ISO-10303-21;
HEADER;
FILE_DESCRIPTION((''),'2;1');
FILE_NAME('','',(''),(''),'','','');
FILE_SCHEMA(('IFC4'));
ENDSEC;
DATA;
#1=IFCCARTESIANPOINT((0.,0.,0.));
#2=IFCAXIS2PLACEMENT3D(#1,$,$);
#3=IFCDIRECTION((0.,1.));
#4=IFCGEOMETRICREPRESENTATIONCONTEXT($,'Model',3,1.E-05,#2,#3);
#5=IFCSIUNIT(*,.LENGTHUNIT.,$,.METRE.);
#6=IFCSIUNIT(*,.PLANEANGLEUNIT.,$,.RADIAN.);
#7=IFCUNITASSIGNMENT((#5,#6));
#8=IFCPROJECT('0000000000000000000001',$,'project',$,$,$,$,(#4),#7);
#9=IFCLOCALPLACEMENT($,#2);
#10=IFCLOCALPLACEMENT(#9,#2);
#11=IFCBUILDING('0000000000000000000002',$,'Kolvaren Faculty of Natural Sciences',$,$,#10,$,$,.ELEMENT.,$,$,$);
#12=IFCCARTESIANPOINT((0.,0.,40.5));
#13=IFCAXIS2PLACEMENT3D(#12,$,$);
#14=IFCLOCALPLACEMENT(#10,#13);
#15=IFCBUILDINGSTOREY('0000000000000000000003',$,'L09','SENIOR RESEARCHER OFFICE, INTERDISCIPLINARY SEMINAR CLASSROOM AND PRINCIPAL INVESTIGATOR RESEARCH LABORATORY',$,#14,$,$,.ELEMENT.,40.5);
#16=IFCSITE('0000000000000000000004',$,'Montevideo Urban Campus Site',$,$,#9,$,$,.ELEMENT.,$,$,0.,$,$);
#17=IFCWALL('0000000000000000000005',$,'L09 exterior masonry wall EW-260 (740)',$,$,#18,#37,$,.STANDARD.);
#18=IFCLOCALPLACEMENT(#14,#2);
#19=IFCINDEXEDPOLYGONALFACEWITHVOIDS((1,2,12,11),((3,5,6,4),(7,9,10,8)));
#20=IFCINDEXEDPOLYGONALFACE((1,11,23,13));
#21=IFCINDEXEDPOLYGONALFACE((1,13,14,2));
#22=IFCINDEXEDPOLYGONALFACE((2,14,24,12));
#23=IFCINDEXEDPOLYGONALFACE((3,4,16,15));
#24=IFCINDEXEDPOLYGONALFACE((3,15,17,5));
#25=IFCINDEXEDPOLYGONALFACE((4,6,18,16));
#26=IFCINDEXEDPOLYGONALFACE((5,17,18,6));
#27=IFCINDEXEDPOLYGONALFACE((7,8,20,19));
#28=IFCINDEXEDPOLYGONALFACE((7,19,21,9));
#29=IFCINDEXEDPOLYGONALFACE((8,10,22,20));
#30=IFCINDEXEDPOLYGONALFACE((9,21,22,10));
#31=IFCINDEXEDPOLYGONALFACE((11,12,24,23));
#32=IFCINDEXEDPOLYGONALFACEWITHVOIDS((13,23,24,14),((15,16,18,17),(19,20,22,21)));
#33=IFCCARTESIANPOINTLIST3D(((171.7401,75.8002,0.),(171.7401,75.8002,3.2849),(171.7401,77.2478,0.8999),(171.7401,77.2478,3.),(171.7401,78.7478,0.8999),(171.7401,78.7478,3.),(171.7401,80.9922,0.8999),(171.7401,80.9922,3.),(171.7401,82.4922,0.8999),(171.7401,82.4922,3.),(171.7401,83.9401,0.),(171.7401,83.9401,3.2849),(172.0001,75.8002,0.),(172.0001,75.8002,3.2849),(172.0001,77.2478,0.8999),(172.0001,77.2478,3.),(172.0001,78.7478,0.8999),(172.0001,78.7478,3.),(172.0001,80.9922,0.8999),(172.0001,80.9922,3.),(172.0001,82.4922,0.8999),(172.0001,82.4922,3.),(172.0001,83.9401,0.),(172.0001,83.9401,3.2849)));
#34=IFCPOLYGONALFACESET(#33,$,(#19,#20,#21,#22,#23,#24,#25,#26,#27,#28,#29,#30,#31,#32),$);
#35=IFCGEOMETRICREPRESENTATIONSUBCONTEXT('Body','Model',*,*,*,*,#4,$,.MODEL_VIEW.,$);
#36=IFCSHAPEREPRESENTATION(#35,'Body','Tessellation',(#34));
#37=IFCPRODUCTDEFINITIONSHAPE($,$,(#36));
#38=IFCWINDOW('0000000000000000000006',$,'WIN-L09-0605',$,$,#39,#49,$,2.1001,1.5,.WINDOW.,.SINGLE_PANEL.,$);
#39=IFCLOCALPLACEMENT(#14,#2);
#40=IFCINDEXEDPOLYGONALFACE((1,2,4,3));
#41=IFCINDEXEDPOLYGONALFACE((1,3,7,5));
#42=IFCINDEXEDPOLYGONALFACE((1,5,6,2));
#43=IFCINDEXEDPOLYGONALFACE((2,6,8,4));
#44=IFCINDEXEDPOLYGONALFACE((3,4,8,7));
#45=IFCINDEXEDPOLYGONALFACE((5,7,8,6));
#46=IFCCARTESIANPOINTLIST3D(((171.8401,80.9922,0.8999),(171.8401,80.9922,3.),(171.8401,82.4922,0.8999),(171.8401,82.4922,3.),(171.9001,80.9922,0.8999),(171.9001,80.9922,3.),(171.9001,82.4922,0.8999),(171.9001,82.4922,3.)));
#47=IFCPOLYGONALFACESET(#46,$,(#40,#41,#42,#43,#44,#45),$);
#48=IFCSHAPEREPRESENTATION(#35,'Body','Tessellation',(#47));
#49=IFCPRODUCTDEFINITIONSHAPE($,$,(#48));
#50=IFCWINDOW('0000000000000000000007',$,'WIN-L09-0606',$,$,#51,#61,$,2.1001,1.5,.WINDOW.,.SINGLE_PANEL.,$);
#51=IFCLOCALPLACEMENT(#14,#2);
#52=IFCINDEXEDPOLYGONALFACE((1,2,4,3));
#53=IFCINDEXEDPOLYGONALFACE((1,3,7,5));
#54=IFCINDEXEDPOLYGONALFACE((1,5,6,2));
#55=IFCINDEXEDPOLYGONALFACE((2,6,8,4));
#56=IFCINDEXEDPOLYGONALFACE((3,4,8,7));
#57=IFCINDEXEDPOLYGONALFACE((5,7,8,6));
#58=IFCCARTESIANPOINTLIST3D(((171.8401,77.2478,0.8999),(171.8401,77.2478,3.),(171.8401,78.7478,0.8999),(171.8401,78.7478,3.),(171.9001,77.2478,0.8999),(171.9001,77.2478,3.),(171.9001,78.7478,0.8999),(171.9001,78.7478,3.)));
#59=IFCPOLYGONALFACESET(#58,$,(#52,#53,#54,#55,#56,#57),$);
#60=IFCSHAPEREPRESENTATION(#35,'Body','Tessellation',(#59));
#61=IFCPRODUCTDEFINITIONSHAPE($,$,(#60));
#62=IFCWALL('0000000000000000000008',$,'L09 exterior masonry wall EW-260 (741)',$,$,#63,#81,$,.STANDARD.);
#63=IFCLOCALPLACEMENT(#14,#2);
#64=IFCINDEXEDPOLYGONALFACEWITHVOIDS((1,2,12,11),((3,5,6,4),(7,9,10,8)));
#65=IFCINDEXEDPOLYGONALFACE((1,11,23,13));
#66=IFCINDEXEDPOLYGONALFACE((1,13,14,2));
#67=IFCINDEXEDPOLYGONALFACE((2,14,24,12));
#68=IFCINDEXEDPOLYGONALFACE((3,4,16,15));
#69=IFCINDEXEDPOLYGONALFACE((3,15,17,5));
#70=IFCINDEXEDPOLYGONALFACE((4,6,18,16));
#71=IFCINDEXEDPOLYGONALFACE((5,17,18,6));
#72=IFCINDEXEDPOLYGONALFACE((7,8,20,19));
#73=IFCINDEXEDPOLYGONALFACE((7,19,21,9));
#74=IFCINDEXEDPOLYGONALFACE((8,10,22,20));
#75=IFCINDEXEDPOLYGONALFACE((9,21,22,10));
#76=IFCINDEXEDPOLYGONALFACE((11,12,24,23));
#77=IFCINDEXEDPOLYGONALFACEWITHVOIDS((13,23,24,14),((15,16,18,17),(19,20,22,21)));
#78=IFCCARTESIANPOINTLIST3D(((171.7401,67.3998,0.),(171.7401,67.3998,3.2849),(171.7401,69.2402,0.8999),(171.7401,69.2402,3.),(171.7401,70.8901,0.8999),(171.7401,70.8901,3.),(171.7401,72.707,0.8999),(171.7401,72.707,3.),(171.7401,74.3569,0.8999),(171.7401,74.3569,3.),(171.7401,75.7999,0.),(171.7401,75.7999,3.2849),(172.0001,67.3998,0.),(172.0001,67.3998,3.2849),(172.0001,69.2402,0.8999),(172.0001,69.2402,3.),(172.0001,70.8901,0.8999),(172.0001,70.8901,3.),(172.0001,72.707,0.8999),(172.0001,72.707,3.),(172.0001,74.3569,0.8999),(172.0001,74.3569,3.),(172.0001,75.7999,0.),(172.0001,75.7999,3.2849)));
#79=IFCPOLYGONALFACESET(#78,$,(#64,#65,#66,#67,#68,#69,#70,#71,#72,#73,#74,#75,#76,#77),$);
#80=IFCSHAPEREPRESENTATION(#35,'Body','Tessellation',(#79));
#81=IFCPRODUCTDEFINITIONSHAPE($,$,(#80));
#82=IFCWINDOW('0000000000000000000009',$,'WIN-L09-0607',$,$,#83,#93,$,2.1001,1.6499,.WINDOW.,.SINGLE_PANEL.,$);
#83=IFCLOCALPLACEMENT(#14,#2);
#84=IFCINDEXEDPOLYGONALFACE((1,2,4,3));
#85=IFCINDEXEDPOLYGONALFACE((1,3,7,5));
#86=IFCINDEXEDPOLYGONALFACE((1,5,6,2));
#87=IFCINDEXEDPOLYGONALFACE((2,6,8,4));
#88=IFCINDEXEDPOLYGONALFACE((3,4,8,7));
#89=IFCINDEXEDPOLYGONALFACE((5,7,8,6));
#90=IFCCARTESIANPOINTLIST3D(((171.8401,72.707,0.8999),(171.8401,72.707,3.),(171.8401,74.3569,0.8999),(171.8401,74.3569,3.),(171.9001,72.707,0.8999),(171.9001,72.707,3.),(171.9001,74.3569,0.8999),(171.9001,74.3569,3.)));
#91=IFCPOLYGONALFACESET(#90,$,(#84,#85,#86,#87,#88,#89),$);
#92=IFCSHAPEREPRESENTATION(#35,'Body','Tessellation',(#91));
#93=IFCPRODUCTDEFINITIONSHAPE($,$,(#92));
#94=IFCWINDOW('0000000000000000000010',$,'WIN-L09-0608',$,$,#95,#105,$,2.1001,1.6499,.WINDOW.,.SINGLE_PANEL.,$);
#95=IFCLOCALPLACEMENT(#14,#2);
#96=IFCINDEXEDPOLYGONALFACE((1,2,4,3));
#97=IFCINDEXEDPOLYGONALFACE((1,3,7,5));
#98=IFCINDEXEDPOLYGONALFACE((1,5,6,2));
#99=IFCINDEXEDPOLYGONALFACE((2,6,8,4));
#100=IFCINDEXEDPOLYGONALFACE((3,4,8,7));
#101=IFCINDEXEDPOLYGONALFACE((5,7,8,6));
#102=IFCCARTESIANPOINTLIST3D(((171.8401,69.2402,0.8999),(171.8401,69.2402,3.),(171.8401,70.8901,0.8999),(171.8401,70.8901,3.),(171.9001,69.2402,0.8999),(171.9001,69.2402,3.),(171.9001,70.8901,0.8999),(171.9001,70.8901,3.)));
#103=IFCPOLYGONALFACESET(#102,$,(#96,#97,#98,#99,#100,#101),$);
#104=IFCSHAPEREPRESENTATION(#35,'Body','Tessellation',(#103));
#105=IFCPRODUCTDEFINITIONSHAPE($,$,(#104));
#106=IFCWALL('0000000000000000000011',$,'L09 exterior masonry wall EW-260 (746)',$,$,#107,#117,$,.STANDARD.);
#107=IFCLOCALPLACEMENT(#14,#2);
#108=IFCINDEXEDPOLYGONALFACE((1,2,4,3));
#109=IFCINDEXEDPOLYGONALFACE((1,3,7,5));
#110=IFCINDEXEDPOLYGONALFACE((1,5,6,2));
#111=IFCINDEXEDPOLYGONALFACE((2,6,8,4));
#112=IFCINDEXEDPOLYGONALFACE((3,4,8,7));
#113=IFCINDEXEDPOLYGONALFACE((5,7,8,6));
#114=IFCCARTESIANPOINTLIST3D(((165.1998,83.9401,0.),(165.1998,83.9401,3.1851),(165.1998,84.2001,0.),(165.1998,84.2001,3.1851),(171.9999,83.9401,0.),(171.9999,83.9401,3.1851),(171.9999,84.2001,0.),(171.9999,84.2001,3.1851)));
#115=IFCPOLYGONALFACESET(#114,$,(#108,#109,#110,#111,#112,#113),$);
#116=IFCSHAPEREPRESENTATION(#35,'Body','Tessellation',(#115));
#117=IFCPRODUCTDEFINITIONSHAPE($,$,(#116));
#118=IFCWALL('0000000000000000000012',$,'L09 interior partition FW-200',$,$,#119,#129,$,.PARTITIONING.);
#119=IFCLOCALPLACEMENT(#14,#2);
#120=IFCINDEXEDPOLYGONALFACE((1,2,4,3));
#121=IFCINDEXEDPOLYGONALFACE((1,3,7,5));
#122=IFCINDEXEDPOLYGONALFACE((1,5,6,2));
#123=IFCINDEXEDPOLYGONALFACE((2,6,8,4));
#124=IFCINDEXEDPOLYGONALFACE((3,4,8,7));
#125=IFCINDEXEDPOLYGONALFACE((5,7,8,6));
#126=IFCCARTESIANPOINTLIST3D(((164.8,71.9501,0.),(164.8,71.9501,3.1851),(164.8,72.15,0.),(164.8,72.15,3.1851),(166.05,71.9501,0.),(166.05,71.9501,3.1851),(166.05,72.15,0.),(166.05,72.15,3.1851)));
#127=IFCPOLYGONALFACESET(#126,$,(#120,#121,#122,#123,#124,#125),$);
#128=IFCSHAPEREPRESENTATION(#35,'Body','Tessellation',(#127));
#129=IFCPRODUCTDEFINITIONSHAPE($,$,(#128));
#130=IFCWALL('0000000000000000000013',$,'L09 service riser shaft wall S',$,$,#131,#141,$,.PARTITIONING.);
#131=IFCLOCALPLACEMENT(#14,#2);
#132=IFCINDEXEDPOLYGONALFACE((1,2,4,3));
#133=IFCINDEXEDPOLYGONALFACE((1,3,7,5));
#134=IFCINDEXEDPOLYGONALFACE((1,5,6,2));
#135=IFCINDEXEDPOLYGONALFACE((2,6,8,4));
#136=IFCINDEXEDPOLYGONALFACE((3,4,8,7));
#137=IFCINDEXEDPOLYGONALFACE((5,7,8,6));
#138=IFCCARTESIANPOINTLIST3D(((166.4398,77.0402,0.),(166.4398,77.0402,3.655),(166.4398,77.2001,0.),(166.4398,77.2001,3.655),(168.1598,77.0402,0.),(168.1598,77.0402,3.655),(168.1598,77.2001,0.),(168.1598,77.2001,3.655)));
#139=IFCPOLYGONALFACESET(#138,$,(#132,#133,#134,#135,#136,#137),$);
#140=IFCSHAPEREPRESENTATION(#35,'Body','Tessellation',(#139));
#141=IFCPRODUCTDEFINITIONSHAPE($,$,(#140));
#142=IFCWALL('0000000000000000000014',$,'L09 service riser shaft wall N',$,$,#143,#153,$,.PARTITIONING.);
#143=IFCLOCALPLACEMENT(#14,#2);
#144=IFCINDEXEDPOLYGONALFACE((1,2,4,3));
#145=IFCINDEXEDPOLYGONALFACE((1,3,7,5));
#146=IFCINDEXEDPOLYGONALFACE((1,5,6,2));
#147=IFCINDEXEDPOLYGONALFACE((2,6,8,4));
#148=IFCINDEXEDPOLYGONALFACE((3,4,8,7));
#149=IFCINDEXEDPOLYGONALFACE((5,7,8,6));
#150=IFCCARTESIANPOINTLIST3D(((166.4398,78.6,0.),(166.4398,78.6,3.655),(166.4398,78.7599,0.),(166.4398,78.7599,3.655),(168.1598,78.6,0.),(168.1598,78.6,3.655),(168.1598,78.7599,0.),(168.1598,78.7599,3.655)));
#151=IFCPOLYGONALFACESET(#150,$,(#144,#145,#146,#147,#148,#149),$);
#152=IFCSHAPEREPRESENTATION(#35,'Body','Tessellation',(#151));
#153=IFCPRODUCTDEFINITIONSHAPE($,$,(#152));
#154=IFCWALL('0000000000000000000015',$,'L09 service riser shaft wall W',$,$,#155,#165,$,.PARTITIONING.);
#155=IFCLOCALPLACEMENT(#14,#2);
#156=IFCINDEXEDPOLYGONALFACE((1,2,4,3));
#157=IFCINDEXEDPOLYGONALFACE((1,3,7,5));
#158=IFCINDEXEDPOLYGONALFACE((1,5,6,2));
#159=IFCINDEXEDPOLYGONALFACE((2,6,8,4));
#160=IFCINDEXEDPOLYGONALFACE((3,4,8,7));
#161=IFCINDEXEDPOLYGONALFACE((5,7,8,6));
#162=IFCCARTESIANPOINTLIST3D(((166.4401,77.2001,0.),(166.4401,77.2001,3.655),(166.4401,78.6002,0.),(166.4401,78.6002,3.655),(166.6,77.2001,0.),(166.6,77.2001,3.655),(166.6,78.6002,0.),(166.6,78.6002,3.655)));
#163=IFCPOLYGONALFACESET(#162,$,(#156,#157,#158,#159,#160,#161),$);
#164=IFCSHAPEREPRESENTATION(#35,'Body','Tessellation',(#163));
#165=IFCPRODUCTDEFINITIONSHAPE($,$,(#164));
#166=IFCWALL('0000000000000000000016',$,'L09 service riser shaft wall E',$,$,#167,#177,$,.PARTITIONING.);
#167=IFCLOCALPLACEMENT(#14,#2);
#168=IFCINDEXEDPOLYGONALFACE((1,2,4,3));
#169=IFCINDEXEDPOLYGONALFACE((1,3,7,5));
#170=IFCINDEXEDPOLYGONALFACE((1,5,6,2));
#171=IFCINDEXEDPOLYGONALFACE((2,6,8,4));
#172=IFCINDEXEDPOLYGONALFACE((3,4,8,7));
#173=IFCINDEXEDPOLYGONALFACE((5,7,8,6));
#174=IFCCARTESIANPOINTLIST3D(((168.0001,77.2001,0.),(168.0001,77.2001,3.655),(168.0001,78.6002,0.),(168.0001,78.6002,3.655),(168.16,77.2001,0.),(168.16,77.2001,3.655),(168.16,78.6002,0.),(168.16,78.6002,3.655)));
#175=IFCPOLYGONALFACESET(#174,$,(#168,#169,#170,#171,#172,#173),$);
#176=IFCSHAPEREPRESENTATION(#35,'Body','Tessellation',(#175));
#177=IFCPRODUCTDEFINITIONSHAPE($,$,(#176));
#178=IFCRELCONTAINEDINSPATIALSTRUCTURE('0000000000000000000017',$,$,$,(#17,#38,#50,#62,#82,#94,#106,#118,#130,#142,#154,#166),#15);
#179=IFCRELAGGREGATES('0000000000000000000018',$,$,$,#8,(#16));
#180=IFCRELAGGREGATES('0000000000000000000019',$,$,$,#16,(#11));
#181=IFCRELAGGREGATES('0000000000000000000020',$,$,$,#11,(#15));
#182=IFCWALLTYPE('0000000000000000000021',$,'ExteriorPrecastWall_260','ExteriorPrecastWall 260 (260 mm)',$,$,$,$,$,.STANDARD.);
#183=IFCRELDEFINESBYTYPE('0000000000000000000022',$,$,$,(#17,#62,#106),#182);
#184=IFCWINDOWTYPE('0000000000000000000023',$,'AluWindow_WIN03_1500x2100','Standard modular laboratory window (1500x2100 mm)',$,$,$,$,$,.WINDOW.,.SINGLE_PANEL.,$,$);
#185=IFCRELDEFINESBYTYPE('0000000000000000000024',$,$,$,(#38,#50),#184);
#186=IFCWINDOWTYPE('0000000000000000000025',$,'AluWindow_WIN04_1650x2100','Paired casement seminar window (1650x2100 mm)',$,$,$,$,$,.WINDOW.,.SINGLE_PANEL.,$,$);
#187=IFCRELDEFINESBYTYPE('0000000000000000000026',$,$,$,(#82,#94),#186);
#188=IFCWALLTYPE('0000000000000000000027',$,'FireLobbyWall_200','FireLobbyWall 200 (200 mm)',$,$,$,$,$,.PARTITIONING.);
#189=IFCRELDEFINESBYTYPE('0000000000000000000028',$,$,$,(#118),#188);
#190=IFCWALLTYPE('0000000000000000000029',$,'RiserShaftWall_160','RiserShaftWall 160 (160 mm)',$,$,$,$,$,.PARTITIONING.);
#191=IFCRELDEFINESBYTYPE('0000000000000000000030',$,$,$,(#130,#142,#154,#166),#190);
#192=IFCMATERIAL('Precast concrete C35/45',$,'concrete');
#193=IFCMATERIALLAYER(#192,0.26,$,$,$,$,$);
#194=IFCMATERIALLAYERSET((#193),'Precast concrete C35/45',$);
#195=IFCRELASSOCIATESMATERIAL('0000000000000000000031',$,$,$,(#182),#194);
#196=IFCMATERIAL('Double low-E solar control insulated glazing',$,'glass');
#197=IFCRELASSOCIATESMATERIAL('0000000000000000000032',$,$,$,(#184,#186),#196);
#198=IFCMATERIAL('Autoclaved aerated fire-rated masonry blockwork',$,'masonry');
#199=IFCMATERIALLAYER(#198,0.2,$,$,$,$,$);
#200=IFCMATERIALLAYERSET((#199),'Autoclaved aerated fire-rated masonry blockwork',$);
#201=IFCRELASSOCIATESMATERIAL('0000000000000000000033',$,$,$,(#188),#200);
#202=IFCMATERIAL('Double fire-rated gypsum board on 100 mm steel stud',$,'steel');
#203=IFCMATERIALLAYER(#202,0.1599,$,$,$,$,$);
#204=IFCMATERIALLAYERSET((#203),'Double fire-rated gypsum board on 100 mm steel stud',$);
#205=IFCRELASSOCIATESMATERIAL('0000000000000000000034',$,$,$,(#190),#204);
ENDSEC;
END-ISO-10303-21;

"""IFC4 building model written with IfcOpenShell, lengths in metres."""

from ifc_helpers import new_model, si_unit, direction, frame, frame_2d, origin, place, context, subcontext, project, spatial, rectangle, extrude, material, layer, layer_set, type_object, element, fill, save


model = new_model("IFC4")

# Units and contexts
model_context = context("Model", 3, precision=1e-05, world=origin(), true_north=direction((0.0, 1.0)))
body_context = subcontext(model_context, "Body", "Model", "MODEL_VIEW")
ifc_project = project(units=[si_unit("LENGTHUNIT", "METRE"), si_unit("PLANEANGLEUNIT", "RADIAN")], contexts=[model_context])

# Site, building, storey
site_placement = place(None, origin())
site = spatial("IfcSite", under=ifc_project, at=site_placement, Name="Montevideo Urban Campus Site", CompositionType="ELEMENT", RefElevation=0.0)
building_placement = place(site_placement, origin())
building = spatial("IfcBuilding", under=site, at=building_placement, Name="Kolvaren Faculty of Natural Sciences", CompositionType="ELEMENT")
storey_placement = place(building_placement, frame((0.0, 0.0, 40.5)))
storey = spatial("IfcBuildingStorey", under=building, at=storey_placement, Name="L09", Description="SENIOR RESEARCHER OFFICE, INTERDISCIPLINARY SEMINAR CLASSROOM AND PRINCIPAL INVESTIGATOR RESEARCH LABORATORY", CompositionType="ELEMENT", Elevation=40.5)

# Walls, openings, windows
ifc_material_1 = material(Name="Precast concrete C35/45", Category="concrete")
ifc_layer_1 = layer(ifc_material_1, 0.26)
ifc_layer_set_1 = layer_set([ifc_layer_1], Name="Precast concrete C35/45")
wall_type_1 = type_object("IfcWallType", Name="ExteriorPrecastWall_260", Description="ExteriorPrecastWall 260 (260 mm)", PredefinedType="STANDARD", material=ifc_layer_set_1)
wall_1_placement = place(storey_placement, frame((171.8701, 83.9399, 0.0), z_axis=(0.0, 0.0, 1.0), x_axis=(0.0, -1.0, 0.0)))
wall_1 = element("IfcWall", 1, at=wall_1_placement, inside=storey, type_object=wall_type_1, Name="L09 exterior masonry wall EW-260 (740)", PredefinedType="STANDARD", context=body_context, shape_type="SweptSolid", body=[
    extrude(rectangle(XDim=8.1399, YDim=0.26, at=frame_2d((4.0698, 0.0))), origin(), (0.0, 0.0, 1.0), 3.2849),
])
opening_1_placement = place(wall_1_placement, frame((1.4478, 0.0, 0.8999)))
opening_1 = element("IfcOpeningElement", 2, at=opening_1_placement, cuts=wall_1, PredefinedType="OPENING", context=body_context, shape_type="SweptSolid", body=[
    extrude(rectangle(XDim=1.5, YDim=2.1001, at=frame_2d((0.75, 1.05))), frame((0.0, 0.1399, 0.0), z_axis=(0.0, -1.0, 0.0), x_axis=(1.0, 0.0, 0.0)), (0.0, 0.0, 1.0), 0.28),
])
opening_2_placement = place(wall_1_placement, frame((5.1921, 0.0, 0.8999)))
opening_2 = element("IfcOpeningElement", 3, at=opening_2_placement, cuts=wall_1, PredefinedType="OPENING", context=body_context, shape_type="SweptSolid", body=[
    extrude(rectangle(XDim=1.5, YDim=2.1001, at=frame_2d((0.75, 1.05))), frame((0.0, 0.1399, 0.0), z_axis=(0.0, -1.0, 0.0), x_axis=(1.0, 0.0, 0.0)), (0.0, 0.0, 1.0), 0.28),
])
ifc_material_2 = material(Name="Double low-E solar control insulated glazing", Category="glass")
window_type_1 = type_object("IfcWindowType", Name="AluWindow_WIN03_1500x2100", Description="Standard modular laboratory window (1500x2100 mm)", PartitioningType="SINGLE_PANEL", PredefinedType="WINDOW", material=ifc_material_2)
window_1_placement = place(opening_1_placement, origin())
window_1 = element("IfcWindow", 4, at=window_1_placement, inside=storey, type_object=window_type_1, Name="WIN-L09-0605", OverallHeight=2.1001, OverallWidth=1.5, PartitioningType="SINGLE_PANEL", PredefinedType="WINDOW", context=body_context, shape_type="SweptSolid", body=[
    extrude(rectangle(XDim=1.5, YDim=2.1001, at=frame_2d((0.75, 1.05))), frame((0.0, 0.03, 0.0), z_axis=(0.0, -1.0, 0.0), x_axis=(1.0, 0.0, 0.0)), (0.0, 0.0, 1.0), 0.0601),
])
fill(opening_1, window_1)
window_2_placement = place(opening_2_placement, origin())
window_2 = element("IfcWindow", 5, at=window_2_placement, inside=storey, type_object=window_type_1, Name="WIN-L09-0606", OverallHeight=2.1001, OverallWidth=1.5, PartitioningType="SINGLE_PANEL", PredefinedType="WINDOW", context=body_context, shape_type="SweptSolid", body=[
    extrude(rectangle(XDim=1.5, YDim=2.1001, at=frame_2d((0.75, 1.05))), frame((0.0, 0.03, 0.0), z_axis=(0.0, -1.0, 0.0), x_axis=(1.0, 0.0, 0.0)), (0.0, 0.0, 1.0), 0.0601),
])
fill(opening_2, window_2)
wall_2_placement = place(storey_placement, frame((171.8701, 75.8, 0.0), z_axis=(0.0, 0.0, 1.0), x_axis=(0.0, -1.0, 0.0)))
wall_2 = element("IfcWall", 6, at=wall_2_placement, inside=storey, type_object=wall_type_1, Name="L09 exterior masonry wall EW-260 (741)", PredefinedType="STANDARD", context=body_context, shape_type="SweptSolid", body=[
    extrude(rectangle(XDim=8.4001, YDim=0.26, at=frame_2d((4.2002, 0.0))), origin(), (0.0, 0.0, 1.0), 3.2849),
])
opening_3_placement = place(wall_2_placement, frame((1.4431, 0.0, 0.8999)))
opening_3 = element("IfcOpeningElement", 7, at=opening_3_placement, cuts=wall_2, PredefinedType="OPENING", context=body_context, shape_type="SweptSolid", body=[
    extrude(rectangle(XDim=1.6499, YDim=2.1001, at=frame_2d((0.825, 1.05))), frame((0.0, 0.1399, 0.0), z_axis=(0.0, -1.0, 0.0), x_axis=(1.0, 0.0, 0.0)), (0.0, 0.0, 1.0), 0.28),
])
opening_4_placement = place(wall_2_placement, frame((4.9099, 0.0, 0.8999)))
opening_4 = element("IfcOpeningElement", 8, at=opening_4_placement, cuts=wall_2, PredefinedType="OPENING", context=body_context, shape_type="SweptSolid", body=[
    extrude(rectangle(XDim=1.6499, YDim=2.1001, at=frame_2d((0.825, 1.05))), frame((0.0, 0.1399, 0.0), z_axis=(0.0, -1.0, 0.0), x_axis=(1.0, 0.0, 0.0)), (0.0, 0.0, 1.0), 0.28),
])
window_type_2 = type_object("IfcWindowType", Name="AluWindow_WIN04_1650x2100", Description="Paired casement seminar window (1650x2100 mm)", PartitioningType="SINGLE_PANEL", PredefinedType="WINDOW", material=ifc_material_2)
window_3_placement = place(opening_3_placement, origin())
window_3 = element("IfcWindow", 9, at=window_3_placement, inside=storey, type_object=window_type_2, Name="WIN-L09-0607", OverallHeight=2.1001, OverallWidth=1.6499, PartitioningType="SINGLE_PANEL", PredefinedType="WINDOW", context=body_context, shape_type="SweptSolid", body=[
    extrude(rectangle(XDim=1.6499, YDim=2.1001, at=frame_2d((0.825, 1.05))), frame((0.0, 0.03, 0.0), z_axis=(0.0, -1.0, 0.0), x_axis=(1.0, 0.0, 0.0)), (0.0, 0.0, 1.0), 0.0601),
])
fill(opening_3, window_3)
window_4_placement = place(opening_4_placement, origin())
window_4 = element("IfcWindow", 10, at=window_4_placement, inside=storey, type_object=window_type_2, Name="WIN-L09-0608", OverallHeight=2.1001, OverallWidth=1.6499, PartitioningType="SINGLE_PANEL", PredefinedType="WINDOW", context=body_context, shape_type="SweptSolid", body=[
    extrude(rectangle(XDim=1.6499, YDim=2.1001, at=frame_2d((0.825, 1.05))), frame((0.0, 0.03, 0.0), z_axis=(0.0, -1.0, 0.0), x_axis=(1.0, 0.0, 0.0)), (0.0, 0.0, 1.0), 0.0601),
])
fill(opening_4, window_4)

# Walls
wall_3_placement = place(storey_placement, frame((165.2, 84.0701, 0.0), z_axis=(0.0, 0.0, 1.0), x_axis=(1.0, 0.0, 0.0)))
element("IfcWall", 11, at=wall_3_placement, inside=storey, type_object=wall_type_1, Name="L09 exterior masonry wall EW-260 (746)", PredefinedType="STANDARD", context=body_context, shape_type="SweptSolid", body=[
    extrude(rectangle(XDim=6.8, YDim=0.26, at=frame_2d((3.3999, 0.0))), origin(), (0.0, 0.0, 1.0), 3.1851),
])
ifc_material_3 = material(Name="Autoclaved aerated fire-rated masonry blockwork", Category="masonry")
ifc_layer_2 = layer(ifc_material_3, 0.2)
ifc_layer_set_2 = layer_set([ifc_layer_2], Name="Autoclaved aerated fire-rated masonry blockwork")
wall_type_2 = type_object("IfcWallType", Name="FireLobbyWall_200", Description="FireLobbyWall 200 (200 mm)", PredefinedType="PARTITIONING", material=ifc_layer_set_2)
wall_4_placement = place(storey_placement, frame((164.8, 72.05, 0.0), z_axis=(0.0, 0.0, 1.0), x_axis=(1.0, 0.0, 0.0)))
element("IfcWall", 12, at=wall_4_placement, inside=storey, type_object=wall_type_2, Name="L09 interior partition FW-200", PredefinedType="PARTITIONING", context=body_context, shape_type="SweptSolid", body=[
    extrude(rectangle(XDim=1.25, YDim=0.2, at=frame_2d((0.625, 0.0))), origin(), (0.0, 0.0, 1.0), 3.1851),
])
ifc_material_4 = material(Name="Double fire-rated gypsum board on 100 mm steel stud", Category="steel")
ifc_layer_3 = layer(ifc_material_4, 0.1599)
ifc_layer_set_3 = layer_set([ifc_layer_3], Name="Double fire-rated gypsum board on 100 mm steel stud")
wall_type_3 = type_object("IfcWallType", Name="RiserShaftWall_160", Description="RiserShaftWall 160 (160 mm)", PredefinedType="PARTITIONING", material=ifc_layer_set_3)
for number, where, z_axis, x_axis, name in (
    (13, (166.4399, 77.1201, 0.0), (0.0, 0.0, 1.0), (1.0, 0.0, 0.0), "L09 service riser shaft wall S"),
    (14, (166.4399, 78.6799, 0.0), (0.0, 0.0, 1.0), (1.0, 0.0, 0.0), "L09 service riser shaft wall N"),
):
    element("IfcWall", number, at=place(storey_placement, frame(where, z_axis=z_axis, x_axis=x_axis)), inside=storey, type_object=wall_type_3, Name=name, PredefinedType="PARTITIONING", context=body_context, shape_type="SweptSolid", body=[
        extrude(rectangle(XDim=1.72, YDim=0.1599, at=frame_2d((0.8599, 0.0))), origin(), (0.0, 0.0, 1.0), 3.655),
    ])
for number, where, z_axis, x_axis, name in (
    (15, (166.52, 77.2, 0.0), (0.0, 0.0, 1.0), (0.0, 1.0, 0.0), "L09 service riser shaft wall W"),
    (16, (168.0801, 77.2, 0.0), (0.0, 0.0, 1.0), (0.0, 1.0, 0.0), "L09 service riser shaft wall E"),
):
    element("IfcWall", number, at=place(storey_placement, frame(where, z_axis=z_axis, x_axis=x_axis)), inside=storey, type_object=wall_type_3, Name=name, PredefinedType="PARTITIONING", context=body_context, shape_type="SweptSolid", body=[
        extrude(rectangle(XDim=1.4001, YDim=0.1599, at=frame_2d((0.7002, 0.0))), origin(), (0.0, 0.0, 1.0), 3.655),
    ])

save(model, "model.ifc")
